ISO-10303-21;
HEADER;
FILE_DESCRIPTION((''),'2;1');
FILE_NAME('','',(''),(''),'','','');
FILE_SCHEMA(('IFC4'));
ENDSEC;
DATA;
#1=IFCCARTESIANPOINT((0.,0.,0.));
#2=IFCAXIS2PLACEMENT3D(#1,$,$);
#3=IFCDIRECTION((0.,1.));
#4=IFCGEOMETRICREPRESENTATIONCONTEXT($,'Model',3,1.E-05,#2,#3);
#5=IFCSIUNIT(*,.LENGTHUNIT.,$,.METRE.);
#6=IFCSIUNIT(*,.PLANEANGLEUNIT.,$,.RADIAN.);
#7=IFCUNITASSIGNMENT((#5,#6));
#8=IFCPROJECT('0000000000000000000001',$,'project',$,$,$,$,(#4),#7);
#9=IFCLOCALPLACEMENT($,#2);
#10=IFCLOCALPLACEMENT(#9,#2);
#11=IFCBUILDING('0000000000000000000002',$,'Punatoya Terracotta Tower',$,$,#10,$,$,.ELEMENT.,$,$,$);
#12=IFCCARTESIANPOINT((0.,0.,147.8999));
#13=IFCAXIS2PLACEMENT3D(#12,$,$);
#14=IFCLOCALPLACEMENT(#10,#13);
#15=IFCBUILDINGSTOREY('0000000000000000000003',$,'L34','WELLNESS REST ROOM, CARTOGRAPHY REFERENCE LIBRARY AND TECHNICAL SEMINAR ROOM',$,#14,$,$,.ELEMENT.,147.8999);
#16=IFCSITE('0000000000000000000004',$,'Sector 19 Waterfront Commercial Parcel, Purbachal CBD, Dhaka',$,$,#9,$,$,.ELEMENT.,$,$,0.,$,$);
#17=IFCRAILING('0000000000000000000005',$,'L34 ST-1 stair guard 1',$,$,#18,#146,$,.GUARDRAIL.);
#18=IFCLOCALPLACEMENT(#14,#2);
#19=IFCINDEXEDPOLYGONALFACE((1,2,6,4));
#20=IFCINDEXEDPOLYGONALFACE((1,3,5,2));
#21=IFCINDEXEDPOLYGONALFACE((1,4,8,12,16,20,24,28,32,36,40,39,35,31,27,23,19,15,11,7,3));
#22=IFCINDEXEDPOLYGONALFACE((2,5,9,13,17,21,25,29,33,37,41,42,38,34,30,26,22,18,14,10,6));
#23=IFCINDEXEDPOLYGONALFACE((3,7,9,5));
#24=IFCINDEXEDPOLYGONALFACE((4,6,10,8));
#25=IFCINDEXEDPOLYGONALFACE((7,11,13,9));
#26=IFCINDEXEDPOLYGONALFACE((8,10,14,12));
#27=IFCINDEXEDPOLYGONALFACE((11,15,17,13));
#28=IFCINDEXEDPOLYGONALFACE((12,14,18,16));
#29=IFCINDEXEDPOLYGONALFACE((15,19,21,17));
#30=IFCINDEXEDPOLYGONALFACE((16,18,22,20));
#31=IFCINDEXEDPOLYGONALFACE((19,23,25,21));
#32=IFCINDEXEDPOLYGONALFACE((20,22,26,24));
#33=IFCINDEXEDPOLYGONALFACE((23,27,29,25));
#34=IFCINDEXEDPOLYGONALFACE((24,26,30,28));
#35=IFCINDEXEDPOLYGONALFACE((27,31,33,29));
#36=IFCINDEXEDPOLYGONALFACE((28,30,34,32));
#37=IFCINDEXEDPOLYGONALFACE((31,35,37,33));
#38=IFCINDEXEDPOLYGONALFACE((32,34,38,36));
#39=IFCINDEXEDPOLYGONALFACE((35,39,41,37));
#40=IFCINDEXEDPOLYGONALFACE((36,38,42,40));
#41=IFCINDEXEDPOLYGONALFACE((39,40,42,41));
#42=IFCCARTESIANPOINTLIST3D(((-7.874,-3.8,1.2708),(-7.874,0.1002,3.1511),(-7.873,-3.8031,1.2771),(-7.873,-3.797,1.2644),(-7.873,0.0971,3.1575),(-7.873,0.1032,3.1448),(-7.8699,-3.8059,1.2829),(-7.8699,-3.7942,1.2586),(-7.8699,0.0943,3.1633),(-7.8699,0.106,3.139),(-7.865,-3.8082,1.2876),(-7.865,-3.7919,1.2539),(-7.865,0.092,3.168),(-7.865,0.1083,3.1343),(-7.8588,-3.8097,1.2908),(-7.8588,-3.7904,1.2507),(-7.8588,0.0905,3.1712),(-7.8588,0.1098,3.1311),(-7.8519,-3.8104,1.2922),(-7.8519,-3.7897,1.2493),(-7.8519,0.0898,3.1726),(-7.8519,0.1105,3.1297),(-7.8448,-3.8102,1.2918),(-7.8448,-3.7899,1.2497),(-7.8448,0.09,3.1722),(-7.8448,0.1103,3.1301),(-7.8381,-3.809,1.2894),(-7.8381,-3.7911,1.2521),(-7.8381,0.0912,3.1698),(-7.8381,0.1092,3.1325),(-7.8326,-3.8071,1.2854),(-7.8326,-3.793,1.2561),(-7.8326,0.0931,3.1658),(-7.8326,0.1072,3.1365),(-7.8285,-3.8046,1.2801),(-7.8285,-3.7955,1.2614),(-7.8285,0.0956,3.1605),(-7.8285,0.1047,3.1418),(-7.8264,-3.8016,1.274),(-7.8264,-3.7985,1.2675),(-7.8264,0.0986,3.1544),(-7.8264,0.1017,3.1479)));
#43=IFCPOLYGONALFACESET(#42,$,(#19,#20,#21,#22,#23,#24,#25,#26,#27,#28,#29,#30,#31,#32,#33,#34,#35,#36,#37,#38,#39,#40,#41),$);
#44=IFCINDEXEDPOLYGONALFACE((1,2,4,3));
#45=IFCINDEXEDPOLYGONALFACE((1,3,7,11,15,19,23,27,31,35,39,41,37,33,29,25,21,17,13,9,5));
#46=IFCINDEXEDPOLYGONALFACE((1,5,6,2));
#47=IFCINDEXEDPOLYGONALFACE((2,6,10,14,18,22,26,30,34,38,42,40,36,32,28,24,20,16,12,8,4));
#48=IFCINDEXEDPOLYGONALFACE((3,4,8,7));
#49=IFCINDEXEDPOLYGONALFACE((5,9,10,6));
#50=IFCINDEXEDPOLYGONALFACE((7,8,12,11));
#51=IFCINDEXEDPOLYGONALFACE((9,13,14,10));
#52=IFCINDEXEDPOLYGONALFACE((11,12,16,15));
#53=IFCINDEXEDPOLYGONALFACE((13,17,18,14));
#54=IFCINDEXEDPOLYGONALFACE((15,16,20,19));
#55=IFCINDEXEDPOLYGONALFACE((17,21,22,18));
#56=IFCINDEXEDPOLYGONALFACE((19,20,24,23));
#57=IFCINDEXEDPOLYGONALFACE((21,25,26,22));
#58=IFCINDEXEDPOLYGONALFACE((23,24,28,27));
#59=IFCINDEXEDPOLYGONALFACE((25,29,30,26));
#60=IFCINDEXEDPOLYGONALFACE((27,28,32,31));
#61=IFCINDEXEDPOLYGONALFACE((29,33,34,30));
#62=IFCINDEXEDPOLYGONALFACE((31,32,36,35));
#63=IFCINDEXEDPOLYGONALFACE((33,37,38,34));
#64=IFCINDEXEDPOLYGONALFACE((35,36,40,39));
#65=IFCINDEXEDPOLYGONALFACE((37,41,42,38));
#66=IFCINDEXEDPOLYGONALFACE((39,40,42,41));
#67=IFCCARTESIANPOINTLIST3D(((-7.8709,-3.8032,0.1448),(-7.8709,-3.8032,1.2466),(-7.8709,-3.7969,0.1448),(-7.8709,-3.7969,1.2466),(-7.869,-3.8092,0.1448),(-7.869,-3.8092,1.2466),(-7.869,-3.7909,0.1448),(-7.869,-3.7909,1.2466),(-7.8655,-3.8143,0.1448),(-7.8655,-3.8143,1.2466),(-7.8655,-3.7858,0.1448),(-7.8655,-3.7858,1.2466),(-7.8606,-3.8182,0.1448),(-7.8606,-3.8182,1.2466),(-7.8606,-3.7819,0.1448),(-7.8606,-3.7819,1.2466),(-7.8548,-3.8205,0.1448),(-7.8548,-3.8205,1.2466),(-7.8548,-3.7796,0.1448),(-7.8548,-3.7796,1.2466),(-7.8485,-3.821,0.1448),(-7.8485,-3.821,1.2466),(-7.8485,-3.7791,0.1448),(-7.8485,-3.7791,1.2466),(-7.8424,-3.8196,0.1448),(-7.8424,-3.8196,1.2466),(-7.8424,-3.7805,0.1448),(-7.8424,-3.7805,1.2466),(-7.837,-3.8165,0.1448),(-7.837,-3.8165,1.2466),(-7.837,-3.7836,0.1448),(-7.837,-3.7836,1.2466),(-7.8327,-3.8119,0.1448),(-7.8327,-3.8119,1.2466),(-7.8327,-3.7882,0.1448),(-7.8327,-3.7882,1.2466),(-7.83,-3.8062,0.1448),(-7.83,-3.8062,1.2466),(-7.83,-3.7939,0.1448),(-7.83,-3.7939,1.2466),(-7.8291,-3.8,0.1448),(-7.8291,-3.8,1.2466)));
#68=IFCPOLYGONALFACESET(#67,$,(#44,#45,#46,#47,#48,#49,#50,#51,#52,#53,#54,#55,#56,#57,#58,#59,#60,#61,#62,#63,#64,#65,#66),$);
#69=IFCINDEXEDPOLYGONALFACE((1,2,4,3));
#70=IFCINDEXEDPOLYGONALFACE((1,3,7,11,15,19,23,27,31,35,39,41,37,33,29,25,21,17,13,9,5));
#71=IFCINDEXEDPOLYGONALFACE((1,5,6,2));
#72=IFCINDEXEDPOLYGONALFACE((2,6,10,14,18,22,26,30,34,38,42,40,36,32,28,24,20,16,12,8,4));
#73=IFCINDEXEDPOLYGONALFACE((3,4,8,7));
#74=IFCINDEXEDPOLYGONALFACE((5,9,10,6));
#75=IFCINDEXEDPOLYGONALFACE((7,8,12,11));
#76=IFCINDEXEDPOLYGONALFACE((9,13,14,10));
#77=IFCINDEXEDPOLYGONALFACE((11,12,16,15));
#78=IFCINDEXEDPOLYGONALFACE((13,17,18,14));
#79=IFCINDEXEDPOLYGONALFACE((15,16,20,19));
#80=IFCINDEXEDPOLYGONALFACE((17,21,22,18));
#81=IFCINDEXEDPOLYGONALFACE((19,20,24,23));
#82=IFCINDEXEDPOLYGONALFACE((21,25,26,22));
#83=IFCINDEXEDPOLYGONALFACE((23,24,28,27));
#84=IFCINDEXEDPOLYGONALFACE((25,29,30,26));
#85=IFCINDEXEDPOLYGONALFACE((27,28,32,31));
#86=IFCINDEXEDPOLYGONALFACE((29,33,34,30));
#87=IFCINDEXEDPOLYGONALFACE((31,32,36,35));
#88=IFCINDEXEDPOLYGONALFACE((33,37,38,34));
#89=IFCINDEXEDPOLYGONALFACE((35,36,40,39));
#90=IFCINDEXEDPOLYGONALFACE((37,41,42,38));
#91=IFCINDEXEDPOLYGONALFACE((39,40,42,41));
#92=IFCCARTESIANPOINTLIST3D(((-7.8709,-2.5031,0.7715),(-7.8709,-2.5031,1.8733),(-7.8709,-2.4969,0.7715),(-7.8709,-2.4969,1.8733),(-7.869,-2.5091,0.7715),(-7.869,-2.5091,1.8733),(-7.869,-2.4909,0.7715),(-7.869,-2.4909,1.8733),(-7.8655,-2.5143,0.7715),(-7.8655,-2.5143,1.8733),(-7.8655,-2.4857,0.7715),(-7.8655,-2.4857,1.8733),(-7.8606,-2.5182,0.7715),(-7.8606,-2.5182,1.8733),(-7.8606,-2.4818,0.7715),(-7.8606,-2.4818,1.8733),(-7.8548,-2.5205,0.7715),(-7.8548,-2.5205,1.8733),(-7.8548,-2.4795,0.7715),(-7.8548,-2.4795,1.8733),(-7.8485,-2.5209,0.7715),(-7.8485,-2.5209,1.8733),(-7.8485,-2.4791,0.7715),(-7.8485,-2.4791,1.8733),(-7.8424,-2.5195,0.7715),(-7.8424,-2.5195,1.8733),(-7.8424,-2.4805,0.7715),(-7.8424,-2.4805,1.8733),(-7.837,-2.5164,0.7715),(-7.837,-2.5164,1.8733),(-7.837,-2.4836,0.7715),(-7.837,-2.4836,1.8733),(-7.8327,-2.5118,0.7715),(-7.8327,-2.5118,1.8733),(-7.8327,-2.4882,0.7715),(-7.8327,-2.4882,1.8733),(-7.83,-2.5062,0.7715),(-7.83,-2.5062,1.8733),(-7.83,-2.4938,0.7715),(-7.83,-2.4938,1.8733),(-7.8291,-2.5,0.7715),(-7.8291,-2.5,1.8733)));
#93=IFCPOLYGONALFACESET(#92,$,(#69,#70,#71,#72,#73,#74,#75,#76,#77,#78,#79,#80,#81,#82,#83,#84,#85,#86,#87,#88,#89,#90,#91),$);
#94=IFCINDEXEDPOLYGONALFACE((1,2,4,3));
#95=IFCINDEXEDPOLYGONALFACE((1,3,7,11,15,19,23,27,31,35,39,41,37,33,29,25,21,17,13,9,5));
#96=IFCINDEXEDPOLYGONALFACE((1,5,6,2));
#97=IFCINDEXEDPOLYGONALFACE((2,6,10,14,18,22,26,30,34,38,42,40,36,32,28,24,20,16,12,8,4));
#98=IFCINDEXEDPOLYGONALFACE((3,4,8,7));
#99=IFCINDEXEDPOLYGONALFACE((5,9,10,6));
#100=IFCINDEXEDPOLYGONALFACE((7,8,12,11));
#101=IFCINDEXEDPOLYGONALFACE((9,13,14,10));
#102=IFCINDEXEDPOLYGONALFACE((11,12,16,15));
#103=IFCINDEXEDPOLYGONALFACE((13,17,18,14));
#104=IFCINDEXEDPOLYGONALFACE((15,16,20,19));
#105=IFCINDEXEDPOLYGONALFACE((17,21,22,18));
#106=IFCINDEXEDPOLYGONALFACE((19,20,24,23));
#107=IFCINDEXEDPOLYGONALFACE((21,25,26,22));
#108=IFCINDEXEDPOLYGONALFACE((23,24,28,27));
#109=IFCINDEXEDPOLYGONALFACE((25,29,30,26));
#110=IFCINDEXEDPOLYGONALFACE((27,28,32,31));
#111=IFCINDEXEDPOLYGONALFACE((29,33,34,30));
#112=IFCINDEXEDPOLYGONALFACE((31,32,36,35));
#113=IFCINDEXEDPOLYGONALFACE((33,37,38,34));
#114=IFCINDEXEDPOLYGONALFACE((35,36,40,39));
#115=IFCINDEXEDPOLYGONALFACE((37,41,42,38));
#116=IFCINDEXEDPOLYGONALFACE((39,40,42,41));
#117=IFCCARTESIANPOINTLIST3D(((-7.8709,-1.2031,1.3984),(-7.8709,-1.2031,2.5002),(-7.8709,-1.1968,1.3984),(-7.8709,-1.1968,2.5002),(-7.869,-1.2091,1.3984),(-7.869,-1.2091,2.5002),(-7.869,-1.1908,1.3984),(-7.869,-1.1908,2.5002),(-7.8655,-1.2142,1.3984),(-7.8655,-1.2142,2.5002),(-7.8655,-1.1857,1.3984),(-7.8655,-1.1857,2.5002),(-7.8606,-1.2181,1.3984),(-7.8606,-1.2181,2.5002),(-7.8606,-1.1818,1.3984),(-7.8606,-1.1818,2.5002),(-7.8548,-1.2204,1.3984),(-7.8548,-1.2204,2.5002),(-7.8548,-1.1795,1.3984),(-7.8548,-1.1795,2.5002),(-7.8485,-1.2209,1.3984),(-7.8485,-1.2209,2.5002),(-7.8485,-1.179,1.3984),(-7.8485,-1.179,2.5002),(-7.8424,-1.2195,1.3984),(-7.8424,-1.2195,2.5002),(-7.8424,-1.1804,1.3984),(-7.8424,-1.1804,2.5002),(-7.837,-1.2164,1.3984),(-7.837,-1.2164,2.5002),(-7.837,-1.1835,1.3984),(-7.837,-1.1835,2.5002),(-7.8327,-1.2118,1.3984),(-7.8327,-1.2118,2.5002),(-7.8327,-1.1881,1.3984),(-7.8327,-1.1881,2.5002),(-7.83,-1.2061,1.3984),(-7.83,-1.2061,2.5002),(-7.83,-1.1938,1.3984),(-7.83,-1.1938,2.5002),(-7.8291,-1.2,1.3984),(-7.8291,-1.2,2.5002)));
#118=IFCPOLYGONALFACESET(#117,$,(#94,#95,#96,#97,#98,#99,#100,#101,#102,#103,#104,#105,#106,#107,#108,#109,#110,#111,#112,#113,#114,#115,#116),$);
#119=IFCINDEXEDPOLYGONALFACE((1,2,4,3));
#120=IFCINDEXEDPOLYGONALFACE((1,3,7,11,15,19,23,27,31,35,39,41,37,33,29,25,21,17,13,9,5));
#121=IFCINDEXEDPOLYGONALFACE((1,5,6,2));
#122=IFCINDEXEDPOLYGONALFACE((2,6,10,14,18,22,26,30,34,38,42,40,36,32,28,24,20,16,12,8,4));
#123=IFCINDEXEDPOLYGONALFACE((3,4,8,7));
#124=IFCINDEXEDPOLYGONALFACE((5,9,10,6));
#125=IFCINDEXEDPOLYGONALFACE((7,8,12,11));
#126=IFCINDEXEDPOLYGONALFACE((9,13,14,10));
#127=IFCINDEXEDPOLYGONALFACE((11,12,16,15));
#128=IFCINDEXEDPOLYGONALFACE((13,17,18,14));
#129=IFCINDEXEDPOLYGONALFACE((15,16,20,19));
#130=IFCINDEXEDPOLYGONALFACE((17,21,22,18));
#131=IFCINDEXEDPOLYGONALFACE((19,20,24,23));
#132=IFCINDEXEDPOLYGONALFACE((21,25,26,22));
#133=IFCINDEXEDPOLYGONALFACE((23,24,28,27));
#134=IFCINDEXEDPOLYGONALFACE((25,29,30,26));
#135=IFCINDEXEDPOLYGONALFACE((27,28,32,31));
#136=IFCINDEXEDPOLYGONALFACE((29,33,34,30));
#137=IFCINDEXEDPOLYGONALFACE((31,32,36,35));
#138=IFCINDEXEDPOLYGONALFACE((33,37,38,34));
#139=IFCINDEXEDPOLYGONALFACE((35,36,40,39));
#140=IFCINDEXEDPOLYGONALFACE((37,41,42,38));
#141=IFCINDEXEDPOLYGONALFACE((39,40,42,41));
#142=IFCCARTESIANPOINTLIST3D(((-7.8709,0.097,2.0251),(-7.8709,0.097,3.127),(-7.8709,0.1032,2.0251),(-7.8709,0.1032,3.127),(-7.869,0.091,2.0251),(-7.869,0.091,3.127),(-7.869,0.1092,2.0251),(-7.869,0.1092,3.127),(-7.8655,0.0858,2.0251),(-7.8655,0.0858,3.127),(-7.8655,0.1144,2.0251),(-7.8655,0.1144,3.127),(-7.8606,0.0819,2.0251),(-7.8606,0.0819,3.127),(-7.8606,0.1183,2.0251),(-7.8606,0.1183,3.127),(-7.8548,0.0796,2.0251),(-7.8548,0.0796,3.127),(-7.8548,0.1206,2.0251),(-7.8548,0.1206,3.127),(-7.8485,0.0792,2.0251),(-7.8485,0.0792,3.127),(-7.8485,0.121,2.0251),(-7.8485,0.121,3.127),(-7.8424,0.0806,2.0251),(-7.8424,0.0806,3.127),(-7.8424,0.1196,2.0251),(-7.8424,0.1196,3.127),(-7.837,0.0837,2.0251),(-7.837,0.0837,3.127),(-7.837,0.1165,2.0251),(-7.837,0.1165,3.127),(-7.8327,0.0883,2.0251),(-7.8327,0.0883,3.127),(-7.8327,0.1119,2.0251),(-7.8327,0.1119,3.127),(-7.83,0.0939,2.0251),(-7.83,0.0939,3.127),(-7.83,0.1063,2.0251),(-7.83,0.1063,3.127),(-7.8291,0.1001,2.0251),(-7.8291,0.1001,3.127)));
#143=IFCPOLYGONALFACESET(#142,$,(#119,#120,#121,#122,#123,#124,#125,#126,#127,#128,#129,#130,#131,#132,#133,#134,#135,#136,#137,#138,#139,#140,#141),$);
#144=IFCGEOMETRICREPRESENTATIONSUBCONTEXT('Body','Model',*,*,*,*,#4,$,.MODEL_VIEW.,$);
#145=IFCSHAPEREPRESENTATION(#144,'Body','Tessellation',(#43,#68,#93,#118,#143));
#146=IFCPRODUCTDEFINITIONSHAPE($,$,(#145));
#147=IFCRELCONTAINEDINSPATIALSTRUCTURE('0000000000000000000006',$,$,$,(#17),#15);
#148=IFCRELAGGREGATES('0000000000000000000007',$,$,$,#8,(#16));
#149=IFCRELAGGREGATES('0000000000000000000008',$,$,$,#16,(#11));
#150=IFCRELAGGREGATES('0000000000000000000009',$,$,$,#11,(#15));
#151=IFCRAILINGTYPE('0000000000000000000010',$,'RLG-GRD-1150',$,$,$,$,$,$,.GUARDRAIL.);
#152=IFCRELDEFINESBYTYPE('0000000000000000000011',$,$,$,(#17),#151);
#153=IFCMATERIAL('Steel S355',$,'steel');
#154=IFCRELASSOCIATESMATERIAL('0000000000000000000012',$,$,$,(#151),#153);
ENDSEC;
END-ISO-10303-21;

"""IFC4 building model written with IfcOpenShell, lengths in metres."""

from ifc_helpers import new_model, si_unit, direction, frame, origin, origin_2d, place, context, subcontext, project, spatial, circle, extrude, material, type_object, element, save


model = new_model("IFC4")

# Units and contexts
model_context = context("Model", 3, precision=1e-05, world=origin(), true_north=direction((0.0, 1.0)))
body_context = subcontext(model_context, "Body", "Model", "MODEL_VIEW")
ifc_project = project(units=[si_unit("LENGTHUNIT", "METRE"), si_unit("PLANEANGLEUNIT", "RADIAN")], contexts=[model_context])

# Site, building, storey
site_placement = place(None, origin())
site = spatial("IfcSite", under=ifc_project, at=site_placement, Name="Sector 19 Waterfront Commercial Parcel, Purbachal CBD, Dhaka", CompositionType="ELEMENT", RefElevation=0.0)
building_placement = place(site_placement, origin())
building = spatial("IfcBuilding", under=site, at=building_placement, Name="Punatoya Terracotta Tower", CompositionType="ELEMENT")
storey_placement = place(building_placement, frame((0.0, 0.0, 147.8999)))
storey = spatial("IfcBuildingStorey", under=building, at=storey_placement, Name="L34", Description="WELLNESS REST ROOM, CARTOGRAPHY REFERENCE LIBRARY AND TECHNICAL SEMINAR ROOM", CompositionType="ELEMENT", Elevation=147.8999)

# Shared definitions
ifc_material_1 = material(Name="Steel S355", Category="steel")

# Railing
railing_type_1 = type_object("IfcRailingType", Name="RLG-GRD-1150", PredefinedType="GUARDRAIL", material=ifc_material_1)
railing_1_placement = place(storey_placement, frame((-7.8501, -3.8, 0.1448)))
element("IfcRailing", 1, at=railing_1_placement, inside=storey, type_object=railing_type_1, Name="L34 ST-1 stair guard 1", PredefinedType="GUARDRAIL", context=body_context, shape_type="SweptSolid", body=[
    extrude(circle(Radius=0.0239, at=origin_2d()), frame((0.0, 0.0, 1.126), z_axis=(0.0, 0.900774, 0.434289), x_axis=(-1.0, 0.0, 0.0)), (0.0, 0.0, 1.0), 4.3298),
    extrude(circle(Radius=0.021, at=origin_2d()), origin(), (0.0, 0.0, 1.0), 1.1018),
    extrude(circle(Radius=0.021, at=origin_2d()), frame((0.0, 1.3, 0.6267)), (0.0, 0.0, 1.0), 1.1018),
    extrude(circle(Radius=0.021, at=origin_2d()), frame((0.0, 2.6001, 1.2537)), (0.0, 0.0, 1.0), 1.1018),
    extrude(circle(Radius=0.021, at=origin_2d()), frame((0.0, 3.9001, 1.8804)), (0.0, 0.0, 1.0), 1.1018),
])

save(model, "model.ifc")
